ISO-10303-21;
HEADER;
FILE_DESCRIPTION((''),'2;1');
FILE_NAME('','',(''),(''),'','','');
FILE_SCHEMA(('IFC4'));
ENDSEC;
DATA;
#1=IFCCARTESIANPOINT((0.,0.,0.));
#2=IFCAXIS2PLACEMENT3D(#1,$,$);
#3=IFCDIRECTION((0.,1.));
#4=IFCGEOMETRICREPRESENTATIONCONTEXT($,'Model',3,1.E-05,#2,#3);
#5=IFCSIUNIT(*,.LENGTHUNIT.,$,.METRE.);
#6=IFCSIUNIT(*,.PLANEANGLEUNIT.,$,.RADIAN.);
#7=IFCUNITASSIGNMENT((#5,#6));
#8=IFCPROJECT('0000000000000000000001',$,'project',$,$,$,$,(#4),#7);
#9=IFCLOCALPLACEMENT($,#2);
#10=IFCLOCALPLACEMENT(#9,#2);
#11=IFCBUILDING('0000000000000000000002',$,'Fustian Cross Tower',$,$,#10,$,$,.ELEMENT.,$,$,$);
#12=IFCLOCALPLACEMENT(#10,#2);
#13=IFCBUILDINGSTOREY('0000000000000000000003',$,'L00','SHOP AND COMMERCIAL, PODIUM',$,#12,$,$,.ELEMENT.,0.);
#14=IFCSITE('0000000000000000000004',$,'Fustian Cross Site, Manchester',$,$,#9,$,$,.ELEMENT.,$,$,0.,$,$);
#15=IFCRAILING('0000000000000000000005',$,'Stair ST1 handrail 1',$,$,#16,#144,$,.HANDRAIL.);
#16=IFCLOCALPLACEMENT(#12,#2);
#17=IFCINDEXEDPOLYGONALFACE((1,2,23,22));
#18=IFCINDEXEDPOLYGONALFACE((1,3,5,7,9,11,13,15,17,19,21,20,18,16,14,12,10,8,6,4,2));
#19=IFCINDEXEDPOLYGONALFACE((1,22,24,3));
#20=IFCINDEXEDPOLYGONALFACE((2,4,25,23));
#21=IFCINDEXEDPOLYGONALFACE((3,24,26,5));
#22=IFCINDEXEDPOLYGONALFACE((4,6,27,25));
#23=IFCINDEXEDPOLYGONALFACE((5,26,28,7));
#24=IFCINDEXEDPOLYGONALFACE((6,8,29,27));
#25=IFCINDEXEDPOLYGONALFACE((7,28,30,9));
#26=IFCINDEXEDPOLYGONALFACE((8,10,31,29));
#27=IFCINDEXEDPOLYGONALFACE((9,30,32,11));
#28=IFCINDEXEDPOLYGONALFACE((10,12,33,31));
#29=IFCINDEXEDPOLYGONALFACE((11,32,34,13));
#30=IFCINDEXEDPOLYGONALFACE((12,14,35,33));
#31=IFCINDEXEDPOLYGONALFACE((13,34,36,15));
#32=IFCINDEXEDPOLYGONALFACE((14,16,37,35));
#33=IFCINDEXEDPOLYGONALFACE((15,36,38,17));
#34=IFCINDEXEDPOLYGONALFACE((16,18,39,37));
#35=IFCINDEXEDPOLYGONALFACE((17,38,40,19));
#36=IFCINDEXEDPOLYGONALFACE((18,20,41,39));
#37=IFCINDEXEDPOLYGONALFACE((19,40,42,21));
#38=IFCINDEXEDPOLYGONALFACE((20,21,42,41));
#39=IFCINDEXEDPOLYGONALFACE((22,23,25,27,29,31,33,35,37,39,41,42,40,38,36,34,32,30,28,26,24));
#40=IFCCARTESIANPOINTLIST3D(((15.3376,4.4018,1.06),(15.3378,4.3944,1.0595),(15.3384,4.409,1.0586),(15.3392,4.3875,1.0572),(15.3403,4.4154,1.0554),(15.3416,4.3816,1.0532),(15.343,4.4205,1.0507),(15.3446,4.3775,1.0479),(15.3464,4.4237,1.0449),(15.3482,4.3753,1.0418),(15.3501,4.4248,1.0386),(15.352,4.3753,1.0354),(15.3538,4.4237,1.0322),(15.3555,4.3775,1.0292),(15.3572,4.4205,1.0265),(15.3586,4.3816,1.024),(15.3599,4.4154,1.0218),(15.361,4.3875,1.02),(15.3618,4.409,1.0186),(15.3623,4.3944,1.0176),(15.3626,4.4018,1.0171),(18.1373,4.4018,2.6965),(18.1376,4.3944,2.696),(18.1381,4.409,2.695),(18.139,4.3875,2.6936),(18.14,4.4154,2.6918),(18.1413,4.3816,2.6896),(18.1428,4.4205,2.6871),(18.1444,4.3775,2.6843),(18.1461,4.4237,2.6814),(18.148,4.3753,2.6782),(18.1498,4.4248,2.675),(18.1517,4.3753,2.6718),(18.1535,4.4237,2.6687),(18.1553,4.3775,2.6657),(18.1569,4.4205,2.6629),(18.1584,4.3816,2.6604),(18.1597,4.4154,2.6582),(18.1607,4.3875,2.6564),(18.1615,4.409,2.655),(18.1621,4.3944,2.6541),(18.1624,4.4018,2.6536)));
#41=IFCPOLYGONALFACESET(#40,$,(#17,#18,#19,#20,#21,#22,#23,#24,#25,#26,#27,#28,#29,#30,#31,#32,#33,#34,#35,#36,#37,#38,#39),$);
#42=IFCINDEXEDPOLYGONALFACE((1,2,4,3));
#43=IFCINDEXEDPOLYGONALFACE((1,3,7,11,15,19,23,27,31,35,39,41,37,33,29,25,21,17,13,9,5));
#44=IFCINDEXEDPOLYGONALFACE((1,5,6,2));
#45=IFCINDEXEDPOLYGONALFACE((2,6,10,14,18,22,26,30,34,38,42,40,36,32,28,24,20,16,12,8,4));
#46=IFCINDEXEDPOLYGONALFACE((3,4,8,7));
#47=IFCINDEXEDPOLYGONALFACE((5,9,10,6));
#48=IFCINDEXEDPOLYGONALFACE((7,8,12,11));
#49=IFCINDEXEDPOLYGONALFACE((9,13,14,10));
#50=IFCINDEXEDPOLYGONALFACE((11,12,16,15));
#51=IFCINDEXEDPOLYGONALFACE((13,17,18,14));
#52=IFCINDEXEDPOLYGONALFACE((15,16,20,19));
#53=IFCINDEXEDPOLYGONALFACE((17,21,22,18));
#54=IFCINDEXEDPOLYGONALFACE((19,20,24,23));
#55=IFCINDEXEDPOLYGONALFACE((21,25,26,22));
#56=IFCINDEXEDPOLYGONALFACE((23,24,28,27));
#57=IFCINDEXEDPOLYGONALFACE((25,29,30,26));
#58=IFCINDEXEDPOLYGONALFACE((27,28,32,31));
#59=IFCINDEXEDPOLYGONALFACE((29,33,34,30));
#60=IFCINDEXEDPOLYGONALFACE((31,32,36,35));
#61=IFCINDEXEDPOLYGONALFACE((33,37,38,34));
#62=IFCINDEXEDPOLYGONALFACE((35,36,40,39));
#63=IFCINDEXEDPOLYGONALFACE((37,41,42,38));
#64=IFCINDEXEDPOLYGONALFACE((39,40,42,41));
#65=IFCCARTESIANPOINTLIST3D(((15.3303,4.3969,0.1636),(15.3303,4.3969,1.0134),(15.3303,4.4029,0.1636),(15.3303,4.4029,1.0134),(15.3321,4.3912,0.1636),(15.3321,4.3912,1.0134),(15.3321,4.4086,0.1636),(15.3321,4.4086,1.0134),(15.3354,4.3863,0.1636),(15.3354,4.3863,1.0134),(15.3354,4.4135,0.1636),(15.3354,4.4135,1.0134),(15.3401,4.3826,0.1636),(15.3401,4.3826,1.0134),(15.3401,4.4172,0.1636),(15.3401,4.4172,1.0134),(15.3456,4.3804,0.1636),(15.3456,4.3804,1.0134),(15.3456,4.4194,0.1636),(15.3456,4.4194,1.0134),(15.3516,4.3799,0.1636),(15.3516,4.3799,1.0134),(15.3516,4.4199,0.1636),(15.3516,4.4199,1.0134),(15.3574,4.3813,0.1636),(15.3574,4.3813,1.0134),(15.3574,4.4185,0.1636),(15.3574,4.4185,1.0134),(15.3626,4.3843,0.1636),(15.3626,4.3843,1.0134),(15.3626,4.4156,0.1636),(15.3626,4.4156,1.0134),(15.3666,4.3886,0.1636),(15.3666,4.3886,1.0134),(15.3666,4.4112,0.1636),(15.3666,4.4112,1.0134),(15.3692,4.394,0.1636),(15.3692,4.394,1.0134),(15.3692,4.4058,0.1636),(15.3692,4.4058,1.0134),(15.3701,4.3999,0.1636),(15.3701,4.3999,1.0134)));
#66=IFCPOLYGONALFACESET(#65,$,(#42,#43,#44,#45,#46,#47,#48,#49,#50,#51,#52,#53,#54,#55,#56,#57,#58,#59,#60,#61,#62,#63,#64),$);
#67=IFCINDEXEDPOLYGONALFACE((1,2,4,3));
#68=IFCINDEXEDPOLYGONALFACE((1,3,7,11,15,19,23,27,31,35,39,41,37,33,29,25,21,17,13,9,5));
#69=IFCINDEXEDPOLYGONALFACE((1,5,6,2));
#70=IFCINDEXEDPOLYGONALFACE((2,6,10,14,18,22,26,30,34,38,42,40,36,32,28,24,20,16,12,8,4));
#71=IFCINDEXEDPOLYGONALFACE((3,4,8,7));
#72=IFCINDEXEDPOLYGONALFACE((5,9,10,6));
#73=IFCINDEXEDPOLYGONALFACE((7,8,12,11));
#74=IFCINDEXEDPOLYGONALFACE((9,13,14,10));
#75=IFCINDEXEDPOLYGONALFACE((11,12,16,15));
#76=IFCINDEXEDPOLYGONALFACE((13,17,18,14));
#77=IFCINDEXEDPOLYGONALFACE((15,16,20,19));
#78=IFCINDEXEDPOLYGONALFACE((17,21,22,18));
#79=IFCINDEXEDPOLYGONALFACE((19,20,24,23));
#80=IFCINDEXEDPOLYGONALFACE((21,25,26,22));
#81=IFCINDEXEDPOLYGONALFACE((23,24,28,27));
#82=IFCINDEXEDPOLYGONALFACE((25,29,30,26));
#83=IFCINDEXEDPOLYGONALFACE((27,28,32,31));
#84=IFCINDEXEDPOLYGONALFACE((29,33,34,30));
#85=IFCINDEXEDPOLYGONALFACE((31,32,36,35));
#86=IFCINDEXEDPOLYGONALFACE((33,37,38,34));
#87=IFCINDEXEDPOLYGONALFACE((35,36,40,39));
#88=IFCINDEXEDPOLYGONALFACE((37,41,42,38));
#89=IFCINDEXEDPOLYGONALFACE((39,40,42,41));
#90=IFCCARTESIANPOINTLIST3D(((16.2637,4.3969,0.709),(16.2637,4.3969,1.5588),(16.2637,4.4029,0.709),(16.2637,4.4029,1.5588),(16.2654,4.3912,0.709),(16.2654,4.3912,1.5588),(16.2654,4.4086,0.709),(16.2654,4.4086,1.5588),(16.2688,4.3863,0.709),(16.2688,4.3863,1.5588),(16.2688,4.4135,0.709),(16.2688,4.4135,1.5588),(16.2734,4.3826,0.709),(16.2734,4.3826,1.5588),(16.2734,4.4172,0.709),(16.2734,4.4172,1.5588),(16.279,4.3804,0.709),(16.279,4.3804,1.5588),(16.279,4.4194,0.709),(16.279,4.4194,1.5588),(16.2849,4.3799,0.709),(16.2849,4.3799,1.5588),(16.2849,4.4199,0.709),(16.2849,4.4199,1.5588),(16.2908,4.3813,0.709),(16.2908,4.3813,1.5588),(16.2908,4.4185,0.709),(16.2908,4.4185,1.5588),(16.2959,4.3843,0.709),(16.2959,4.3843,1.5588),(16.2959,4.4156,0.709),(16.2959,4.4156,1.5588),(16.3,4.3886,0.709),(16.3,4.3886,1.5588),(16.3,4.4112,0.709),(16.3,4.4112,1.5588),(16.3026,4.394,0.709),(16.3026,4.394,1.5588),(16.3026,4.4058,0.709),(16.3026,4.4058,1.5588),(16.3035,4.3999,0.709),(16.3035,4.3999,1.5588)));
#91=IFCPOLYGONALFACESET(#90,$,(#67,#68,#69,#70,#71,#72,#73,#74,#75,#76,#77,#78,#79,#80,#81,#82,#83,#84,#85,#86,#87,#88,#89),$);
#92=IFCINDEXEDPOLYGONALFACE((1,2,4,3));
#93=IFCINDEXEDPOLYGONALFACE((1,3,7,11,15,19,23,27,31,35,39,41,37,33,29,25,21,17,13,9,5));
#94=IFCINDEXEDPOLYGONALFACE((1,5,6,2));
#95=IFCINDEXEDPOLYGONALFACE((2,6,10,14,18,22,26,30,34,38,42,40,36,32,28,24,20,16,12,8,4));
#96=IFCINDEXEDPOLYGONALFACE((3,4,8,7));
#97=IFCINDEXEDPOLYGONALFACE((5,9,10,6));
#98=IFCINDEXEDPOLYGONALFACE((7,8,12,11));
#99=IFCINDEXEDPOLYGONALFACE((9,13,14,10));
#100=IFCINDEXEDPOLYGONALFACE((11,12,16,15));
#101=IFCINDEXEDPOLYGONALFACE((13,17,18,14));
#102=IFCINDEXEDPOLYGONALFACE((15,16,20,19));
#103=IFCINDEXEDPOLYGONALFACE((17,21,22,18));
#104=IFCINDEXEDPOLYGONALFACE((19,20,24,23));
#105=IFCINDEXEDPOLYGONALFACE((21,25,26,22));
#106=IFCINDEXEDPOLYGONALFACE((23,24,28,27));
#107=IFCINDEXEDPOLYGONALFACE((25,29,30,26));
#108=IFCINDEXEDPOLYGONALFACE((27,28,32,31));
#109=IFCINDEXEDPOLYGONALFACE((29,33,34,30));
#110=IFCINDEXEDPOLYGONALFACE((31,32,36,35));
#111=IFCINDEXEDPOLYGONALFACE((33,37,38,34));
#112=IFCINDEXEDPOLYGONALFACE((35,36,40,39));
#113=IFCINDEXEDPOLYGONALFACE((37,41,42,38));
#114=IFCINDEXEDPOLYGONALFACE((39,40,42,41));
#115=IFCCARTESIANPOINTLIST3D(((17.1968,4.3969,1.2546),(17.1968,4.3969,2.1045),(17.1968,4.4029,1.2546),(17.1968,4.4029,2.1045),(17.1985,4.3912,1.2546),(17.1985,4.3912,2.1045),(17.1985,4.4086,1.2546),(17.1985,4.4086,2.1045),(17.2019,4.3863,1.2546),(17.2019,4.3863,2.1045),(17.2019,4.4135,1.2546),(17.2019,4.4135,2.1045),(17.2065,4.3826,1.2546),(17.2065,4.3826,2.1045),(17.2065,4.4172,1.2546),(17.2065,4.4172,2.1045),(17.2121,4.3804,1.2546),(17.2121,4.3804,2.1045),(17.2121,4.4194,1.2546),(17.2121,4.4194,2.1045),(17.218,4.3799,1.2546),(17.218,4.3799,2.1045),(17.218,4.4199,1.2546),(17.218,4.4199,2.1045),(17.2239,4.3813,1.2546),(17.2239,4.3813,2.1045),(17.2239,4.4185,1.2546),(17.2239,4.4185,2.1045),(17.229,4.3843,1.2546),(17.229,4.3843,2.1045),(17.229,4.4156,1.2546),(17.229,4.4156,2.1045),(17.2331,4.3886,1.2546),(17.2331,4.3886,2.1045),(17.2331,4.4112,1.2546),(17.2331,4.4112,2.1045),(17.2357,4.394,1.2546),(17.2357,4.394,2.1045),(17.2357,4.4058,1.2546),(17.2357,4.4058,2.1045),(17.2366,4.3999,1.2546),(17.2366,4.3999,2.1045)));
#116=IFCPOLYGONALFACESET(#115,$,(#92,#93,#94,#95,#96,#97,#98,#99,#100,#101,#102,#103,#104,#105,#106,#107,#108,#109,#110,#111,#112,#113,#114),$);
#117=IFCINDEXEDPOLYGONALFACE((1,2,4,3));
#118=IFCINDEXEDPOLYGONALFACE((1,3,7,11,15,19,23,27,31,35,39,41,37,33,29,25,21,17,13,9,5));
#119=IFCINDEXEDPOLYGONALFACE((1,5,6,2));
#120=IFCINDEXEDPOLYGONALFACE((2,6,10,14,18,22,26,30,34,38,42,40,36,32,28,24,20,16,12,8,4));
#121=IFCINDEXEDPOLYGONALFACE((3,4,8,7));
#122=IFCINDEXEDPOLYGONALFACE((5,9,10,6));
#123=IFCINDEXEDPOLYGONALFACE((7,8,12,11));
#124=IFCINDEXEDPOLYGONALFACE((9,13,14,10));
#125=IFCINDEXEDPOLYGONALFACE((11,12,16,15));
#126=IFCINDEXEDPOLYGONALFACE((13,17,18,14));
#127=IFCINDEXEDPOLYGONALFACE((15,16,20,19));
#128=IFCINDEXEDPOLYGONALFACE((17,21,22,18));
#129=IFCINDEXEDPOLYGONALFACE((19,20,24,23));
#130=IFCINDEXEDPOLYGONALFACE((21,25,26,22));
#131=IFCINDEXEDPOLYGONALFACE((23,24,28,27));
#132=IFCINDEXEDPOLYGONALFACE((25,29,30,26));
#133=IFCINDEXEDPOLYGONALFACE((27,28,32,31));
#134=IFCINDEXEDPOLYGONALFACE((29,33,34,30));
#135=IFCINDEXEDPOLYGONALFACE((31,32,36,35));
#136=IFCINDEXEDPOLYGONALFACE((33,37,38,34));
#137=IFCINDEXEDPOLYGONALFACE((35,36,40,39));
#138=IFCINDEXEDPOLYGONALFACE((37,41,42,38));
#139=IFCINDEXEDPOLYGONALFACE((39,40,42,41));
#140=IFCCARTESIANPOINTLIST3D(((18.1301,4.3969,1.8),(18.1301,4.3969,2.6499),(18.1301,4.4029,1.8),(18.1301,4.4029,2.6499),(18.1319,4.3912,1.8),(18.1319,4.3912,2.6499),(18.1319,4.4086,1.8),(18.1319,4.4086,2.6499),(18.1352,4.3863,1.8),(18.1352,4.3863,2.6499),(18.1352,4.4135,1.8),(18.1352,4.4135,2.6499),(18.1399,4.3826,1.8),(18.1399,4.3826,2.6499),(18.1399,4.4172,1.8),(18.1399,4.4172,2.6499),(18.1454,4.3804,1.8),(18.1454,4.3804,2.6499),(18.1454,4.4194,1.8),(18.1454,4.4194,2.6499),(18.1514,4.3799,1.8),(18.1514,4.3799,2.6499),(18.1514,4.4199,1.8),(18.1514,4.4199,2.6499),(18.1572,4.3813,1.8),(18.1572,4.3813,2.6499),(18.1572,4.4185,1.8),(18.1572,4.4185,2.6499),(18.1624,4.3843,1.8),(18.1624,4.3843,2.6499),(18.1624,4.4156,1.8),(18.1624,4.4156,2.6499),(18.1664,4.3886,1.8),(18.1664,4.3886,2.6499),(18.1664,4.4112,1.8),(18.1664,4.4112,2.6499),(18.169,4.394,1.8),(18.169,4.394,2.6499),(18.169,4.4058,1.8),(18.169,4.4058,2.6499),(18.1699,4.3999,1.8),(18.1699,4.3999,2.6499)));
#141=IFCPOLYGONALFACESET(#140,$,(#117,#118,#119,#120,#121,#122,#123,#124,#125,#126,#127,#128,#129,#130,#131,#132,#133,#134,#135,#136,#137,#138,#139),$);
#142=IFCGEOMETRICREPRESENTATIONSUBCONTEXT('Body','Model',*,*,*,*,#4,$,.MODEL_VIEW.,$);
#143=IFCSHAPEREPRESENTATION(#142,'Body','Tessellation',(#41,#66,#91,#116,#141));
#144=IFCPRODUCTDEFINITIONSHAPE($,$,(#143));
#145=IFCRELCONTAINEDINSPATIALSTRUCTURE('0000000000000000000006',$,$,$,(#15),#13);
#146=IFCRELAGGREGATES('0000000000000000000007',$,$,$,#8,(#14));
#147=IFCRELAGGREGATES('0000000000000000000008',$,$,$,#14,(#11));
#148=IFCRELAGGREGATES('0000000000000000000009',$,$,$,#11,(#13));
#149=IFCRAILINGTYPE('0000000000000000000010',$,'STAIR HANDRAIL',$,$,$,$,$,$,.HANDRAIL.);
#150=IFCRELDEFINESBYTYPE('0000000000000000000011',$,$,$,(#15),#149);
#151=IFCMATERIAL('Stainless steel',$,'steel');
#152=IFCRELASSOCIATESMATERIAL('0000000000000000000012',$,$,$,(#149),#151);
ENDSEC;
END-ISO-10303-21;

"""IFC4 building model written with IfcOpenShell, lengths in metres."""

from ifc_helpers import new_model, si_unit, direction, frame, origin, origin_2d, place, context, subcontext, project, spatial, circle, extrude, material, type_object, element, save


model = new_model("IFC4")

# Units and contexts
model_context = context("Model", 3, precision=1e-05, world=origin(), true_north=direction((0.0, 1.0)))
body_context = subcontext(model_context, "Body", "Model", "MODEL_VIEW")
ifc_project = project(units=[si_unit("LENGTHUNIT", "METRE"), si_unit("PLANEANGLEUNIT", "RADIAN")], contexts=[model_context])

# Site, building, storey
site_placement = place(None, origin())
site = spatial("IfcSite", under=ifc_project, at=site_placement, Name="Fustian Cross Site, Manchester", CompositionType="ELEMENT", RefElevation=0.0)
building_placement = place(site_placement, origin())
building = spatial("IfcBuilding", under=site, at=building_placement, Name="Fustian Cross Tower", CompositionType="ELEMENT")
storey_placement = place(building_placement, origin())
storey = spatial("IfcBuildingStorey", under=building, at=storey_placement, Name="L00", Description="SHOP AND COMMERCIAL, PODIUM", CompositionType="ELEMENT", Elevation=0.0)

# Railing
ifc_material_1 = material(Name="Stainless steel", Category="steel")
railing_type = type_object("IfcRailingType", Name="STAIR HANDRAIL", PredefinedType="HANDRAIL", material=ifc_material_1)
railing_placement = place(storey_placement, frame((15.3501, 4.3999, 0.1636)))
element("IfcRailing", 1, at=railing_placement, inside=storey, type_object=railing_type, Name="Stair ST1 handrail 1", PredefinedType="HANDRAIL", context=body_context, shape_type="SweptSolid", body=[
    extrude(circle(Radius=0.0249, at=origin_2d()), frame((0.0, 0.0, 0.875), z_axis=(0.863342, 0.0, 0.50462), x_axis=(0.0, 1.0, 0.0)), (0.0, 0.0, 1.0), 3.2429),
    extrude(circle(Radius=0.02, at=origin_2d()), origin(), (0.0, 0.0, 1.0), 0.8499),
    extrude(circle(Radius=0.02, at=origin_2d()), frame((0.9333, 0.0, 0.5454)), (0.0, 0.0, 1.0), 0.8499),
    extrude(circle(Radius=0.02, at=origin_2d()), frame((1.8665, 0.0, 1.0911)), (0.0, 0.0, 1.0), 0.8499),
    extrude(circle(Radius=0.02, at=origin_2d()), frame((2.7998, 0.0, 1.6365)), (0.0, 0.0, 1.0), 0.8499),
])

save(model, "model.ifc")
